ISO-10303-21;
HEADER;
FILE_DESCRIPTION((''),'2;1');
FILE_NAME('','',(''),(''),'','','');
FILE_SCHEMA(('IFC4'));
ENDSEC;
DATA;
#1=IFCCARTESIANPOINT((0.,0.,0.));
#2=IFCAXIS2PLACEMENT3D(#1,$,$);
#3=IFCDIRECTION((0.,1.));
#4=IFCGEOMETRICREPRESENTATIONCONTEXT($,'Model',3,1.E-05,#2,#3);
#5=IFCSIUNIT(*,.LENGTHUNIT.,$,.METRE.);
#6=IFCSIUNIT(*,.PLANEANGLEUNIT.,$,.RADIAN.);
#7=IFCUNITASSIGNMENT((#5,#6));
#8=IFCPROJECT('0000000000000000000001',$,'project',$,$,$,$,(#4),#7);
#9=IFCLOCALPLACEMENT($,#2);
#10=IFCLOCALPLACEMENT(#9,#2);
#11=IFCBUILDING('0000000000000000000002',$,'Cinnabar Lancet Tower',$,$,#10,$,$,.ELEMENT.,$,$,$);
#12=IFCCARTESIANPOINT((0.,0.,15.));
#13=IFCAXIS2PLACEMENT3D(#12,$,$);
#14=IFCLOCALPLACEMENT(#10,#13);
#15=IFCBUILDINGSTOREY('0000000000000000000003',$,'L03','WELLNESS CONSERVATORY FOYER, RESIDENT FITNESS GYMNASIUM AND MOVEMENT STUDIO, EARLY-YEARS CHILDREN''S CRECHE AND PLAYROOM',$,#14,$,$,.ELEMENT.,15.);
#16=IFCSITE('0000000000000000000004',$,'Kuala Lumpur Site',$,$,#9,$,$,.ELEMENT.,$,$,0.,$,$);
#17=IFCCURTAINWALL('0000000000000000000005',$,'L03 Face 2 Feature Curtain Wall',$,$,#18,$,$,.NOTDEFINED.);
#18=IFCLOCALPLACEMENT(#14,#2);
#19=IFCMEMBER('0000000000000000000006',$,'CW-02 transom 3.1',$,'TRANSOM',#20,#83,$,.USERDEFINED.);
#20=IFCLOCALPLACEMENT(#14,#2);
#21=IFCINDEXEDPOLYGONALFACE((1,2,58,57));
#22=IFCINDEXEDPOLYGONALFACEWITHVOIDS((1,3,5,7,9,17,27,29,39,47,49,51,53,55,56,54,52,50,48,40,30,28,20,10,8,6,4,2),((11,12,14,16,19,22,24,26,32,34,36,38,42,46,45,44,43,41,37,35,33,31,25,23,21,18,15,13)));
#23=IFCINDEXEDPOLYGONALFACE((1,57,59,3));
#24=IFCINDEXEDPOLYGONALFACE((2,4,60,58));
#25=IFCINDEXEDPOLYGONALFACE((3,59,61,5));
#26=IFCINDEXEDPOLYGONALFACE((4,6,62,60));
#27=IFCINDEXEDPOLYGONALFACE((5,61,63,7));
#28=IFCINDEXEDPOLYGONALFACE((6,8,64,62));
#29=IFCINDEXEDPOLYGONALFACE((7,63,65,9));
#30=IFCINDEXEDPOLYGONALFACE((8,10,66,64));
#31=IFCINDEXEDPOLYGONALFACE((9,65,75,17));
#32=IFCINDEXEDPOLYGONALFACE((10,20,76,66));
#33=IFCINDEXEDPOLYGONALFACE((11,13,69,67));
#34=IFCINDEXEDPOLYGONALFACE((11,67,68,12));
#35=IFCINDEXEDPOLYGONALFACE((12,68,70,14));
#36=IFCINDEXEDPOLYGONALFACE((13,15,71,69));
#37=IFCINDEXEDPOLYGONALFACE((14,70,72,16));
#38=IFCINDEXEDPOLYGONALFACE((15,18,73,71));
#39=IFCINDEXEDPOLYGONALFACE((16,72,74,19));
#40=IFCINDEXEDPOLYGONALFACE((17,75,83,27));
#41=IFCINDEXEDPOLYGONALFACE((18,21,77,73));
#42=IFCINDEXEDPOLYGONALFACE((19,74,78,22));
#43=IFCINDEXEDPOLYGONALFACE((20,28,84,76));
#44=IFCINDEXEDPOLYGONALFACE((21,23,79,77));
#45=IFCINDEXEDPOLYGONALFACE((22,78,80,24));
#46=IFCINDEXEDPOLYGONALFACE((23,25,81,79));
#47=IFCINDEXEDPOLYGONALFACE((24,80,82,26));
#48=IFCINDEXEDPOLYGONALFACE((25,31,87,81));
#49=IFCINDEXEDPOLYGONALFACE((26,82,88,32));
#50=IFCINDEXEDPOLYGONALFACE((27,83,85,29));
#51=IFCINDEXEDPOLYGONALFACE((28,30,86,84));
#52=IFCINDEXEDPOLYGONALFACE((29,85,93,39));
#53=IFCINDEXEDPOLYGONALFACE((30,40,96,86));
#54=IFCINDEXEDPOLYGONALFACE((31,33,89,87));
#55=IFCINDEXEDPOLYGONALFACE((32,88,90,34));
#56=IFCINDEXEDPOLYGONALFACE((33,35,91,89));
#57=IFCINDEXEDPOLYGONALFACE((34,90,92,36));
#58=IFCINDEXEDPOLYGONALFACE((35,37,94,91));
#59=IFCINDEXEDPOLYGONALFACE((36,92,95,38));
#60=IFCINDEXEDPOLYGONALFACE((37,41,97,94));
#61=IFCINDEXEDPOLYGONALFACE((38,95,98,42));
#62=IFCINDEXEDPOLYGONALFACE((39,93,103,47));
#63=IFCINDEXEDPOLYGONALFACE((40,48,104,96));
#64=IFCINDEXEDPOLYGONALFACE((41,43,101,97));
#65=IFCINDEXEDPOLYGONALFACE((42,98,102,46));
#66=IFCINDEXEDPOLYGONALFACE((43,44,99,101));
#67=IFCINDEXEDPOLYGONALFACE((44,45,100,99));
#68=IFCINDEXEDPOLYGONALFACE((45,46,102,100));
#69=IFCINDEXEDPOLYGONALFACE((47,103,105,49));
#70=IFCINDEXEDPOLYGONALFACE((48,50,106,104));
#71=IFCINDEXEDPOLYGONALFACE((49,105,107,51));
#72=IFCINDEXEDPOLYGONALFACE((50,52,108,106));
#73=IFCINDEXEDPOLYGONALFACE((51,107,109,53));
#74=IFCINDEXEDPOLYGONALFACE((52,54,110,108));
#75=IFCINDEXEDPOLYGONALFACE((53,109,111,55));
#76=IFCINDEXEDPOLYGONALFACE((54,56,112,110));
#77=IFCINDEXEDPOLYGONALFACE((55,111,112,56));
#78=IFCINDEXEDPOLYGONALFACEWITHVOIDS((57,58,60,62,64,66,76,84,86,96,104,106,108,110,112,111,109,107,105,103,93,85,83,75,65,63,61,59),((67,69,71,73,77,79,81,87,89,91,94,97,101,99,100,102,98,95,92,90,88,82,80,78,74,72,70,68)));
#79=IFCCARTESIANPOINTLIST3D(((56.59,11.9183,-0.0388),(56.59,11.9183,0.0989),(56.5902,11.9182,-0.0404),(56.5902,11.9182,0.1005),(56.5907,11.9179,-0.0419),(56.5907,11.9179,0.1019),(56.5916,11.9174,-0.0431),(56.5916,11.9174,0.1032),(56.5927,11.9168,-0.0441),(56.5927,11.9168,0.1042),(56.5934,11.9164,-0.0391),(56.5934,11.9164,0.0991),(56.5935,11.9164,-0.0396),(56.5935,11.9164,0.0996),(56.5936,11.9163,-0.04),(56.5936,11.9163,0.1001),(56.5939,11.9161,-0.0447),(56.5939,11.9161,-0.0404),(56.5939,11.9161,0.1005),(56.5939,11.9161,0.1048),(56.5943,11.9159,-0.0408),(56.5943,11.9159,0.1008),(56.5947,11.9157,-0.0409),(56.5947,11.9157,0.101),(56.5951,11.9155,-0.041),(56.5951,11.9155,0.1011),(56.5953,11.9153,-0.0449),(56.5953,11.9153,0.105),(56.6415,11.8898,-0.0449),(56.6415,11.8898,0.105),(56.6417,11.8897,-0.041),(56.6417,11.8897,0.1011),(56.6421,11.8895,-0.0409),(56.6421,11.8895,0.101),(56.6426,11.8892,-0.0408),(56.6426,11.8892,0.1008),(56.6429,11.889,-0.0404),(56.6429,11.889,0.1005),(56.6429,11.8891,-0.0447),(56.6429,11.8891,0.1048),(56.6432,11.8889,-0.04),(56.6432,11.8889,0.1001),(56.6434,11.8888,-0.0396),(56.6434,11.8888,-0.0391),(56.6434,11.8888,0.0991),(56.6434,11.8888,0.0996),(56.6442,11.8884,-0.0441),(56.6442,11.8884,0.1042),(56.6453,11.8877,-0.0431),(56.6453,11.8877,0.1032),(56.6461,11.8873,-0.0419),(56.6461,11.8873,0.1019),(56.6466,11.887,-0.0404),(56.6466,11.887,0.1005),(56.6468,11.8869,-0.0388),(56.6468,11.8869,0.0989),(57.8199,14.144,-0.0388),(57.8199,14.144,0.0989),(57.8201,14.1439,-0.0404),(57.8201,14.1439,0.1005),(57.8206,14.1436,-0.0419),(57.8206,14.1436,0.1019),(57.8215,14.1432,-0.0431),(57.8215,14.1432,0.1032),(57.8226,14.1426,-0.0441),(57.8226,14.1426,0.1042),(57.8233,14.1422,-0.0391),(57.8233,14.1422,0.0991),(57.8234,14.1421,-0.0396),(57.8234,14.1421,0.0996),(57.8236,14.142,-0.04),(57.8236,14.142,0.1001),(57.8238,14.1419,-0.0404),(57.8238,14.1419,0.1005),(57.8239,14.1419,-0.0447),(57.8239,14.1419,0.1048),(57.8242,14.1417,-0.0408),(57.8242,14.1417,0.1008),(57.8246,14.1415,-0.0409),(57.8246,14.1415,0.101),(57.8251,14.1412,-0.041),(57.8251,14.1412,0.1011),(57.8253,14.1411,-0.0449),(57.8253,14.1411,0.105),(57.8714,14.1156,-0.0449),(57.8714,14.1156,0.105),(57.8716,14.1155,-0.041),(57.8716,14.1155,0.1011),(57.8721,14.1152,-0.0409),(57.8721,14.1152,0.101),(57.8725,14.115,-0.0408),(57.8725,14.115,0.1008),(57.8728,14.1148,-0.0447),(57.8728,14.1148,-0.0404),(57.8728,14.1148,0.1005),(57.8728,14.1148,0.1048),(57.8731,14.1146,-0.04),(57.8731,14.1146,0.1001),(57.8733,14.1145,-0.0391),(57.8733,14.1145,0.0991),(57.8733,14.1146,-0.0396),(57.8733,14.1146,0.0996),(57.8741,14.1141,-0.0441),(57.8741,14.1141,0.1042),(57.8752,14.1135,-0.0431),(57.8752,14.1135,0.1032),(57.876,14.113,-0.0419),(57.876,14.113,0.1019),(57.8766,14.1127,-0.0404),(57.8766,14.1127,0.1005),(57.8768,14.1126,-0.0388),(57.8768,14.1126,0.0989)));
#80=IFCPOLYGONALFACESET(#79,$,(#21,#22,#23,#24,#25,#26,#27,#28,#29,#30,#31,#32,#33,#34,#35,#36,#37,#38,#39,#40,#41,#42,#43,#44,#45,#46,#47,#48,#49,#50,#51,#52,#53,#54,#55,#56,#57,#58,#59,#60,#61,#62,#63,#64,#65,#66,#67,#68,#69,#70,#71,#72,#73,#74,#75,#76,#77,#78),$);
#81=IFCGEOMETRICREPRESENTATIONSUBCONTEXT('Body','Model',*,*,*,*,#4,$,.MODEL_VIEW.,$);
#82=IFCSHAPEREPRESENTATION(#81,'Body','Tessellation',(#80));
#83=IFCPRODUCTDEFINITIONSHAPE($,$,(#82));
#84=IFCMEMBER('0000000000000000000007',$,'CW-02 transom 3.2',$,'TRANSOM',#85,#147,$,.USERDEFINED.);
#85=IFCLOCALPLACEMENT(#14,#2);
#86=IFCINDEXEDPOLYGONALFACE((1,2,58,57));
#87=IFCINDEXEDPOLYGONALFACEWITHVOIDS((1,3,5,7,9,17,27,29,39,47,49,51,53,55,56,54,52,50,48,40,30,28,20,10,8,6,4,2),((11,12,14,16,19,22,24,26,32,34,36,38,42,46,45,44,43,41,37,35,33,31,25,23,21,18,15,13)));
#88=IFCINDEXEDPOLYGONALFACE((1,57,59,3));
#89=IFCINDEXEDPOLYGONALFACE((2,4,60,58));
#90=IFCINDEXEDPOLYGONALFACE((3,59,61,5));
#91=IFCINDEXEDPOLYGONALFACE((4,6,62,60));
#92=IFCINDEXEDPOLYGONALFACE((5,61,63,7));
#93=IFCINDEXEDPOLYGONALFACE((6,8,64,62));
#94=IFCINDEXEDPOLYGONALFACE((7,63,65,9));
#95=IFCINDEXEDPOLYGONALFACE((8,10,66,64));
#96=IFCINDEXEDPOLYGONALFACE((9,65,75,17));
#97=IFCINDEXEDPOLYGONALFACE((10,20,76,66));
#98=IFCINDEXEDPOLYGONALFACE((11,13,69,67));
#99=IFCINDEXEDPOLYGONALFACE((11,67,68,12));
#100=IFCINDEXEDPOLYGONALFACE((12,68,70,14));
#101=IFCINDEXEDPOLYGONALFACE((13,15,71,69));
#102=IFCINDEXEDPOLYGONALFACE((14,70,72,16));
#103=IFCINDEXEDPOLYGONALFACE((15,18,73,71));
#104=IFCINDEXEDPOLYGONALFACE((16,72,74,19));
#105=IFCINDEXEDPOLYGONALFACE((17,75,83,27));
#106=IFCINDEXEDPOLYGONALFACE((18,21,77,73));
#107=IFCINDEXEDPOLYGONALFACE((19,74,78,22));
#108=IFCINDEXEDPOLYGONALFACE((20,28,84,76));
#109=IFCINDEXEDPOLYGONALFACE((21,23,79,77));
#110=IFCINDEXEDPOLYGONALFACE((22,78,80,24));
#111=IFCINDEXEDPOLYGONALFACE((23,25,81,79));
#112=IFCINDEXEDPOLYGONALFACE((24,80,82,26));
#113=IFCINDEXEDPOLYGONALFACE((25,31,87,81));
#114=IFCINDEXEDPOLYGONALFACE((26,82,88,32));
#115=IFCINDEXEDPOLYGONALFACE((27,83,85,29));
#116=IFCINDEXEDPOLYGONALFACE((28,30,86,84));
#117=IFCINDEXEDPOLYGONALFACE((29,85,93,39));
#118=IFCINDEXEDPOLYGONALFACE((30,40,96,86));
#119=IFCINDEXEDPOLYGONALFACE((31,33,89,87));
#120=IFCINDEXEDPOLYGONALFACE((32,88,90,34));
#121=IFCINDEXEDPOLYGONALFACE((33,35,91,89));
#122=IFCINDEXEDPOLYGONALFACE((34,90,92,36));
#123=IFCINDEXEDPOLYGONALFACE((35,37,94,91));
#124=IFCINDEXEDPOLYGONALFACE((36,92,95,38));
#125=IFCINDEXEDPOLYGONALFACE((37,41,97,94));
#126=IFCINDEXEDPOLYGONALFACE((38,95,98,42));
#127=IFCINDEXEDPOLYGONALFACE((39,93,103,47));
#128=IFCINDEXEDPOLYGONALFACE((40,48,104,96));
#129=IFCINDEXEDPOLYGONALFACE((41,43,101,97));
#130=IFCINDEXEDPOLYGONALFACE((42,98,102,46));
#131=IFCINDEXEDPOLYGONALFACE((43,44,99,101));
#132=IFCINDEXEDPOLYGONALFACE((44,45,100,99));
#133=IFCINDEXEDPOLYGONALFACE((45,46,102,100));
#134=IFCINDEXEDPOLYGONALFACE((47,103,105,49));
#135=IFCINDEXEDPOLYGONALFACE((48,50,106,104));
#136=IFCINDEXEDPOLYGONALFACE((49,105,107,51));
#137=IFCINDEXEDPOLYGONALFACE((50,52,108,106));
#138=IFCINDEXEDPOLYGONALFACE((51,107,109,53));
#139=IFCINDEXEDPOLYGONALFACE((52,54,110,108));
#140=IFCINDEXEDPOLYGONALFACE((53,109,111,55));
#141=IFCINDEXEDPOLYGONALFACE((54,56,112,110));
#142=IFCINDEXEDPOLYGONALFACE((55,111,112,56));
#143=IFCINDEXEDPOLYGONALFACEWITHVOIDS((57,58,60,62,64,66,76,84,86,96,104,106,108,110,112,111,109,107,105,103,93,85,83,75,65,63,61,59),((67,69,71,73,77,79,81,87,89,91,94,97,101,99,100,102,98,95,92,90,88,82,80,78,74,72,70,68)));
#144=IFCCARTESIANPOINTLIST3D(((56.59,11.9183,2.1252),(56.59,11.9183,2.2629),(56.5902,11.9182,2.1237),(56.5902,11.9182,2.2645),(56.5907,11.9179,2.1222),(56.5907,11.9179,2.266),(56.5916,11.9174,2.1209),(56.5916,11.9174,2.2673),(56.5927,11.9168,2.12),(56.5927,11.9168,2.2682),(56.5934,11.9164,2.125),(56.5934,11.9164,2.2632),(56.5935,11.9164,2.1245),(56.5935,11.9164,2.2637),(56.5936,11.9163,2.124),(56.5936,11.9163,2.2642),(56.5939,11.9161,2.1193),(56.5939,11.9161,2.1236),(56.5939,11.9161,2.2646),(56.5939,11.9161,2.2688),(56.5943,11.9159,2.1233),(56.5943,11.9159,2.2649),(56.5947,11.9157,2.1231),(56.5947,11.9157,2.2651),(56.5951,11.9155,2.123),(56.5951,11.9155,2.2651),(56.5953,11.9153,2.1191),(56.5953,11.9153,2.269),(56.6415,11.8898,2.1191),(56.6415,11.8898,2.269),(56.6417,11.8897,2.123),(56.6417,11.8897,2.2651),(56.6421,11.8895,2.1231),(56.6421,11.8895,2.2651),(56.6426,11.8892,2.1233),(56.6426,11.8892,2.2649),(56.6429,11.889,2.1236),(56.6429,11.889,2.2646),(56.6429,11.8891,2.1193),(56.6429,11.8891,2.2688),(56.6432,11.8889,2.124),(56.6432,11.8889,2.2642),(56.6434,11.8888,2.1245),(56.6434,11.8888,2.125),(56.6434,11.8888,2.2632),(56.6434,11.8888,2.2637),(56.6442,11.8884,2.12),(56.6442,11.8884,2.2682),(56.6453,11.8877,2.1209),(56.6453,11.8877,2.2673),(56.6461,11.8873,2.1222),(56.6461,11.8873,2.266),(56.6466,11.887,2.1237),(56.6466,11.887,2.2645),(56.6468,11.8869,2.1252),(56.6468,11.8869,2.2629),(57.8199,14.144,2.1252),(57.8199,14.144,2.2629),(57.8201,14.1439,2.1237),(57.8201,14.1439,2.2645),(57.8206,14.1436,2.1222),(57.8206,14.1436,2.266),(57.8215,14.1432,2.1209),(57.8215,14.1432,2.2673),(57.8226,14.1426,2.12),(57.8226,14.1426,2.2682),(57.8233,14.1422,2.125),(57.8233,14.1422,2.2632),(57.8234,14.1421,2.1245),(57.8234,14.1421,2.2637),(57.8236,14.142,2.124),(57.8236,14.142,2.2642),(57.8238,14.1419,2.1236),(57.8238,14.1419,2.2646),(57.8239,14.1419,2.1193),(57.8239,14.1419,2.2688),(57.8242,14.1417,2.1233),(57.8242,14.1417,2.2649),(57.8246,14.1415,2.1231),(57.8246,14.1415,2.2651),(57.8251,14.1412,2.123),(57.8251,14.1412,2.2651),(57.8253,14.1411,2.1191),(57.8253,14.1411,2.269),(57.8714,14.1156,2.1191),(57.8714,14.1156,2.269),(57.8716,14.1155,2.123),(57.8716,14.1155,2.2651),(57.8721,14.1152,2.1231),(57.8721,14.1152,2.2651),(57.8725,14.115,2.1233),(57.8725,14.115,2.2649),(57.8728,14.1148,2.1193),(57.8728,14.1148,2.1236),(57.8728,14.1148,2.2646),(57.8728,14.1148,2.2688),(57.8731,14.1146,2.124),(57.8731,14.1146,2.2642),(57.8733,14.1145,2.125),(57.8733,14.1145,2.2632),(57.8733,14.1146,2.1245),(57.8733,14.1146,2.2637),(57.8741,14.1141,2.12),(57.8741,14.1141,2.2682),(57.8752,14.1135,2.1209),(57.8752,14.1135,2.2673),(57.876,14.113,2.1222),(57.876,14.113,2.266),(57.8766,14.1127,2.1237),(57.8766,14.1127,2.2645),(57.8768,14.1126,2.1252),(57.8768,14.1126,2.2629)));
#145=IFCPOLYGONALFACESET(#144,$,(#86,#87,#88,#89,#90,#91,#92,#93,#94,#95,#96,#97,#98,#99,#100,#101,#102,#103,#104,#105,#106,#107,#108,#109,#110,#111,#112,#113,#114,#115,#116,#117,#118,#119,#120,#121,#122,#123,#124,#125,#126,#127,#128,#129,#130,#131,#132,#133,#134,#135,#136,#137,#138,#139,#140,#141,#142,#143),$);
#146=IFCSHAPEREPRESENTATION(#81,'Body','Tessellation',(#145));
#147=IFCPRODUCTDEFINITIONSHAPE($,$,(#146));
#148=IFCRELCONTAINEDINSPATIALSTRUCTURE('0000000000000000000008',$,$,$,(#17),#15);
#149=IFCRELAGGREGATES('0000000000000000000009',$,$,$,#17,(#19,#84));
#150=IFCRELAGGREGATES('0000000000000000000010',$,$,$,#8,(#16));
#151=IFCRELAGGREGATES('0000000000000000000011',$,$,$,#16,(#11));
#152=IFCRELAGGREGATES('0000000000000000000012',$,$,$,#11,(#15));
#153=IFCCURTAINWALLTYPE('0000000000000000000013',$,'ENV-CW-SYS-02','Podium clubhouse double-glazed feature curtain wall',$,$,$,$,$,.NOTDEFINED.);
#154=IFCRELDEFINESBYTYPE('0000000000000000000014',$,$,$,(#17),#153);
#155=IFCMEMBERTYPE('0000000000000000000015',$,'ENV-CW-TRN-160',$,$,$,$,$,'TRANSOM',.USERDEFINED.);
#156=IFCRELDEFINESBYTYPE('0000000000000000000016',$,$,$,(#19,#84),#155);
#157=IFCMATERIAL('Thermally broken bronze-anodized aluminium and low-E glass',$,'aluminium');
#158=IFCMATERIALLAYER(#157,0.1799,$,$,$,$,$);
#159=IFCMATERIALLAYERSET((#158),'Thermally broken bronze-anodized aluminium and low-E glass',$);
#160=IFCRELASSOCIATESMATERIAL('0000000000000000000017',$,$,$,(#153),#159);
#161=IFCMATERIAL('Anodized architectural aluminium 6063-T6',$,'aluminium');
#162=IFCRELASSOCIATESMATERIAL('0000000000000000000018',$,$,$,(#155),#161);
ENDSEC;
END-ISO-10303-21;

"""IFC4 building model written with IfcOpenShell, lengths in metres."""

from ifc_helpers import new_model, si_unit, direction, frame, origin, origin_2d, place, context, subcontext, project, spatial, hollow_rectangle, extrude, material, layer, layer_set, material_profile, profile_set, type_object, element, aggregate, save


model = new_model("IFC4")

# Units and contexts
model_context = context("Model", 3, precision=1e-05, world=origin(), true_north=direction((0.0, 1.0)))
body_context = subcontext(model_context, "Body", "Model", "MODEL_VIEW")
ifc_project = project(units=[si_unit("LENGTHUNIT", "METRE"), si_unit("PLANEANGLEUNIT", "RADIAN")], contexts=[model_context])

# Site, building, storey
site_placement = place(None, origin())
site = spatial("IfcSite", under=ifc_project, at=site_placement, Name="Kuala Lumpur Site", CompositionType="ELEMENT", RefElevation=0.0)
building_placement = place(site_placement, origin())
building = spatial("IfcBuilding", under=site, at=building_placement, Name="Cinnabar Lancet Tower", CompositionType="ELEMENT")
storey_placement = place(building_placement, frame((0.0, 0.0, 15.0)))
storey = spatial("IfcBuildingStorey", under=building, at=storey_placement, Name="L03", Description="WELLNESS CONSERVATORY FOYER, RESIDENT FITNESS GYMNASIUM AND MOVEMENT STUDIO, EARLY-YEARS CHILDREN'S CRECHE AND PLAYROOM", CompositionType="ELEMENT", Elevation=15.0)

# Curtain wall, members
ifc_material_1 = material(Name="Thermally broken bronze-anodized aluminium and low-E glass", Category="aluminium")
ifc_layer_1 = layer(ifc_material_1, 0.1799)
ifc_layer_set_1 = layer_set([ifc_layer_1], Name="Thermally broken bronze-anodized aluminium and low-E glass")
curtain_wall_type = type_object("IfcCurtainWallType", Name="ENV-CW-SYS-02", Description="Podium clubhouse double-glazed feature curtain wall", PredefinedType="NOTDEFINED", material=ifc_layer_set_1)
curtain_wall_placement = place(storey_placement, origin())
curtain_wall = element("IfcCurtainWall", 1, at=curtain_wall_placement, inside=storey, type_object=curtain_wall_type, Name="L03 Face 2 Feature Curtain Wall", PredefinedType="NOTDEFINED")
ifc_material_2 = material(Name="Anodized architectural aluminium 6063-T6", Category="aluminium")
ifc_material_profile_1 = material_profile(ifc_material_2, hollow_rectangle(XDim=0.0649, YDim=0.1499, WallThickness=0.0039, InnerFilletRadius=0.002, OuterFilletRadius=0.0061, at=origin_2d()), Name="CW-TRN 150x65x4")
ifc_profile_set_1 = profile_set([ifc_material_profile_1], Name="Anodized architectural aluminium 6063-T6")
member_type_1 = type_object("IfcMemberType", Name="ENV-CW-TRN-160", ElementType="TRANSOM", PredefinedType="USERDEFINED", material=ifc_profile_set_1)
member_1_placement = place(storey_placement, frame((56.6184, 11.9026, 0.03), z_axis=(0.483661, 0.875255, 0.0), x_axis=(-0.875255, 0.483661, 0.0)))
member_1 = element("IfcMember", 2, at=member_1_placement, type_object=member_type_1, Name="CW-02 transom 3.1", ObjectType="TRANSOM", PredefinedType="USERDEFINED", context=body_context, shape_type="SweptSolid", body=[
    extrude(hollow_rectangle(XDim=0.0649, YDim=0.1499, WallThickness=0.0039, InnerFilletRadius=0.002, OuterFilletRadius=0.0061, at=origin_2d()), origin(), (0.0, 0.0, 1.0), 2.543),
])
member_2_placement = place(storey_placement, frame((56.6184, 11.9026, 2.1941), z_axis=(0.483661, 0.875255, 0.0), x_axis=(-0.875255, 0.483661, 0.0)))
member_2 = element("IfcMember", 3, at=member_2_placement, type_object=member_type_1, Name="CW-02 transom 3.2", ObjectType="TRANSOM", PredefinedType="USERDEFINED", context=body_context, shape_type="SweptSolid", body=[
    extrude(hollow_rectangle(XDim=0.0649, YDim=0.1499, WallThickness=0.0039, InnerFilletRadius=0.002, OuterFilletRadius=0.0061, at=origin_2d()), origin(), (0.0, 0.0, 1.0), 2.543),
])
aggregate(curtain_wall, [member_1, member_2])

save(model, "model.ifc")
